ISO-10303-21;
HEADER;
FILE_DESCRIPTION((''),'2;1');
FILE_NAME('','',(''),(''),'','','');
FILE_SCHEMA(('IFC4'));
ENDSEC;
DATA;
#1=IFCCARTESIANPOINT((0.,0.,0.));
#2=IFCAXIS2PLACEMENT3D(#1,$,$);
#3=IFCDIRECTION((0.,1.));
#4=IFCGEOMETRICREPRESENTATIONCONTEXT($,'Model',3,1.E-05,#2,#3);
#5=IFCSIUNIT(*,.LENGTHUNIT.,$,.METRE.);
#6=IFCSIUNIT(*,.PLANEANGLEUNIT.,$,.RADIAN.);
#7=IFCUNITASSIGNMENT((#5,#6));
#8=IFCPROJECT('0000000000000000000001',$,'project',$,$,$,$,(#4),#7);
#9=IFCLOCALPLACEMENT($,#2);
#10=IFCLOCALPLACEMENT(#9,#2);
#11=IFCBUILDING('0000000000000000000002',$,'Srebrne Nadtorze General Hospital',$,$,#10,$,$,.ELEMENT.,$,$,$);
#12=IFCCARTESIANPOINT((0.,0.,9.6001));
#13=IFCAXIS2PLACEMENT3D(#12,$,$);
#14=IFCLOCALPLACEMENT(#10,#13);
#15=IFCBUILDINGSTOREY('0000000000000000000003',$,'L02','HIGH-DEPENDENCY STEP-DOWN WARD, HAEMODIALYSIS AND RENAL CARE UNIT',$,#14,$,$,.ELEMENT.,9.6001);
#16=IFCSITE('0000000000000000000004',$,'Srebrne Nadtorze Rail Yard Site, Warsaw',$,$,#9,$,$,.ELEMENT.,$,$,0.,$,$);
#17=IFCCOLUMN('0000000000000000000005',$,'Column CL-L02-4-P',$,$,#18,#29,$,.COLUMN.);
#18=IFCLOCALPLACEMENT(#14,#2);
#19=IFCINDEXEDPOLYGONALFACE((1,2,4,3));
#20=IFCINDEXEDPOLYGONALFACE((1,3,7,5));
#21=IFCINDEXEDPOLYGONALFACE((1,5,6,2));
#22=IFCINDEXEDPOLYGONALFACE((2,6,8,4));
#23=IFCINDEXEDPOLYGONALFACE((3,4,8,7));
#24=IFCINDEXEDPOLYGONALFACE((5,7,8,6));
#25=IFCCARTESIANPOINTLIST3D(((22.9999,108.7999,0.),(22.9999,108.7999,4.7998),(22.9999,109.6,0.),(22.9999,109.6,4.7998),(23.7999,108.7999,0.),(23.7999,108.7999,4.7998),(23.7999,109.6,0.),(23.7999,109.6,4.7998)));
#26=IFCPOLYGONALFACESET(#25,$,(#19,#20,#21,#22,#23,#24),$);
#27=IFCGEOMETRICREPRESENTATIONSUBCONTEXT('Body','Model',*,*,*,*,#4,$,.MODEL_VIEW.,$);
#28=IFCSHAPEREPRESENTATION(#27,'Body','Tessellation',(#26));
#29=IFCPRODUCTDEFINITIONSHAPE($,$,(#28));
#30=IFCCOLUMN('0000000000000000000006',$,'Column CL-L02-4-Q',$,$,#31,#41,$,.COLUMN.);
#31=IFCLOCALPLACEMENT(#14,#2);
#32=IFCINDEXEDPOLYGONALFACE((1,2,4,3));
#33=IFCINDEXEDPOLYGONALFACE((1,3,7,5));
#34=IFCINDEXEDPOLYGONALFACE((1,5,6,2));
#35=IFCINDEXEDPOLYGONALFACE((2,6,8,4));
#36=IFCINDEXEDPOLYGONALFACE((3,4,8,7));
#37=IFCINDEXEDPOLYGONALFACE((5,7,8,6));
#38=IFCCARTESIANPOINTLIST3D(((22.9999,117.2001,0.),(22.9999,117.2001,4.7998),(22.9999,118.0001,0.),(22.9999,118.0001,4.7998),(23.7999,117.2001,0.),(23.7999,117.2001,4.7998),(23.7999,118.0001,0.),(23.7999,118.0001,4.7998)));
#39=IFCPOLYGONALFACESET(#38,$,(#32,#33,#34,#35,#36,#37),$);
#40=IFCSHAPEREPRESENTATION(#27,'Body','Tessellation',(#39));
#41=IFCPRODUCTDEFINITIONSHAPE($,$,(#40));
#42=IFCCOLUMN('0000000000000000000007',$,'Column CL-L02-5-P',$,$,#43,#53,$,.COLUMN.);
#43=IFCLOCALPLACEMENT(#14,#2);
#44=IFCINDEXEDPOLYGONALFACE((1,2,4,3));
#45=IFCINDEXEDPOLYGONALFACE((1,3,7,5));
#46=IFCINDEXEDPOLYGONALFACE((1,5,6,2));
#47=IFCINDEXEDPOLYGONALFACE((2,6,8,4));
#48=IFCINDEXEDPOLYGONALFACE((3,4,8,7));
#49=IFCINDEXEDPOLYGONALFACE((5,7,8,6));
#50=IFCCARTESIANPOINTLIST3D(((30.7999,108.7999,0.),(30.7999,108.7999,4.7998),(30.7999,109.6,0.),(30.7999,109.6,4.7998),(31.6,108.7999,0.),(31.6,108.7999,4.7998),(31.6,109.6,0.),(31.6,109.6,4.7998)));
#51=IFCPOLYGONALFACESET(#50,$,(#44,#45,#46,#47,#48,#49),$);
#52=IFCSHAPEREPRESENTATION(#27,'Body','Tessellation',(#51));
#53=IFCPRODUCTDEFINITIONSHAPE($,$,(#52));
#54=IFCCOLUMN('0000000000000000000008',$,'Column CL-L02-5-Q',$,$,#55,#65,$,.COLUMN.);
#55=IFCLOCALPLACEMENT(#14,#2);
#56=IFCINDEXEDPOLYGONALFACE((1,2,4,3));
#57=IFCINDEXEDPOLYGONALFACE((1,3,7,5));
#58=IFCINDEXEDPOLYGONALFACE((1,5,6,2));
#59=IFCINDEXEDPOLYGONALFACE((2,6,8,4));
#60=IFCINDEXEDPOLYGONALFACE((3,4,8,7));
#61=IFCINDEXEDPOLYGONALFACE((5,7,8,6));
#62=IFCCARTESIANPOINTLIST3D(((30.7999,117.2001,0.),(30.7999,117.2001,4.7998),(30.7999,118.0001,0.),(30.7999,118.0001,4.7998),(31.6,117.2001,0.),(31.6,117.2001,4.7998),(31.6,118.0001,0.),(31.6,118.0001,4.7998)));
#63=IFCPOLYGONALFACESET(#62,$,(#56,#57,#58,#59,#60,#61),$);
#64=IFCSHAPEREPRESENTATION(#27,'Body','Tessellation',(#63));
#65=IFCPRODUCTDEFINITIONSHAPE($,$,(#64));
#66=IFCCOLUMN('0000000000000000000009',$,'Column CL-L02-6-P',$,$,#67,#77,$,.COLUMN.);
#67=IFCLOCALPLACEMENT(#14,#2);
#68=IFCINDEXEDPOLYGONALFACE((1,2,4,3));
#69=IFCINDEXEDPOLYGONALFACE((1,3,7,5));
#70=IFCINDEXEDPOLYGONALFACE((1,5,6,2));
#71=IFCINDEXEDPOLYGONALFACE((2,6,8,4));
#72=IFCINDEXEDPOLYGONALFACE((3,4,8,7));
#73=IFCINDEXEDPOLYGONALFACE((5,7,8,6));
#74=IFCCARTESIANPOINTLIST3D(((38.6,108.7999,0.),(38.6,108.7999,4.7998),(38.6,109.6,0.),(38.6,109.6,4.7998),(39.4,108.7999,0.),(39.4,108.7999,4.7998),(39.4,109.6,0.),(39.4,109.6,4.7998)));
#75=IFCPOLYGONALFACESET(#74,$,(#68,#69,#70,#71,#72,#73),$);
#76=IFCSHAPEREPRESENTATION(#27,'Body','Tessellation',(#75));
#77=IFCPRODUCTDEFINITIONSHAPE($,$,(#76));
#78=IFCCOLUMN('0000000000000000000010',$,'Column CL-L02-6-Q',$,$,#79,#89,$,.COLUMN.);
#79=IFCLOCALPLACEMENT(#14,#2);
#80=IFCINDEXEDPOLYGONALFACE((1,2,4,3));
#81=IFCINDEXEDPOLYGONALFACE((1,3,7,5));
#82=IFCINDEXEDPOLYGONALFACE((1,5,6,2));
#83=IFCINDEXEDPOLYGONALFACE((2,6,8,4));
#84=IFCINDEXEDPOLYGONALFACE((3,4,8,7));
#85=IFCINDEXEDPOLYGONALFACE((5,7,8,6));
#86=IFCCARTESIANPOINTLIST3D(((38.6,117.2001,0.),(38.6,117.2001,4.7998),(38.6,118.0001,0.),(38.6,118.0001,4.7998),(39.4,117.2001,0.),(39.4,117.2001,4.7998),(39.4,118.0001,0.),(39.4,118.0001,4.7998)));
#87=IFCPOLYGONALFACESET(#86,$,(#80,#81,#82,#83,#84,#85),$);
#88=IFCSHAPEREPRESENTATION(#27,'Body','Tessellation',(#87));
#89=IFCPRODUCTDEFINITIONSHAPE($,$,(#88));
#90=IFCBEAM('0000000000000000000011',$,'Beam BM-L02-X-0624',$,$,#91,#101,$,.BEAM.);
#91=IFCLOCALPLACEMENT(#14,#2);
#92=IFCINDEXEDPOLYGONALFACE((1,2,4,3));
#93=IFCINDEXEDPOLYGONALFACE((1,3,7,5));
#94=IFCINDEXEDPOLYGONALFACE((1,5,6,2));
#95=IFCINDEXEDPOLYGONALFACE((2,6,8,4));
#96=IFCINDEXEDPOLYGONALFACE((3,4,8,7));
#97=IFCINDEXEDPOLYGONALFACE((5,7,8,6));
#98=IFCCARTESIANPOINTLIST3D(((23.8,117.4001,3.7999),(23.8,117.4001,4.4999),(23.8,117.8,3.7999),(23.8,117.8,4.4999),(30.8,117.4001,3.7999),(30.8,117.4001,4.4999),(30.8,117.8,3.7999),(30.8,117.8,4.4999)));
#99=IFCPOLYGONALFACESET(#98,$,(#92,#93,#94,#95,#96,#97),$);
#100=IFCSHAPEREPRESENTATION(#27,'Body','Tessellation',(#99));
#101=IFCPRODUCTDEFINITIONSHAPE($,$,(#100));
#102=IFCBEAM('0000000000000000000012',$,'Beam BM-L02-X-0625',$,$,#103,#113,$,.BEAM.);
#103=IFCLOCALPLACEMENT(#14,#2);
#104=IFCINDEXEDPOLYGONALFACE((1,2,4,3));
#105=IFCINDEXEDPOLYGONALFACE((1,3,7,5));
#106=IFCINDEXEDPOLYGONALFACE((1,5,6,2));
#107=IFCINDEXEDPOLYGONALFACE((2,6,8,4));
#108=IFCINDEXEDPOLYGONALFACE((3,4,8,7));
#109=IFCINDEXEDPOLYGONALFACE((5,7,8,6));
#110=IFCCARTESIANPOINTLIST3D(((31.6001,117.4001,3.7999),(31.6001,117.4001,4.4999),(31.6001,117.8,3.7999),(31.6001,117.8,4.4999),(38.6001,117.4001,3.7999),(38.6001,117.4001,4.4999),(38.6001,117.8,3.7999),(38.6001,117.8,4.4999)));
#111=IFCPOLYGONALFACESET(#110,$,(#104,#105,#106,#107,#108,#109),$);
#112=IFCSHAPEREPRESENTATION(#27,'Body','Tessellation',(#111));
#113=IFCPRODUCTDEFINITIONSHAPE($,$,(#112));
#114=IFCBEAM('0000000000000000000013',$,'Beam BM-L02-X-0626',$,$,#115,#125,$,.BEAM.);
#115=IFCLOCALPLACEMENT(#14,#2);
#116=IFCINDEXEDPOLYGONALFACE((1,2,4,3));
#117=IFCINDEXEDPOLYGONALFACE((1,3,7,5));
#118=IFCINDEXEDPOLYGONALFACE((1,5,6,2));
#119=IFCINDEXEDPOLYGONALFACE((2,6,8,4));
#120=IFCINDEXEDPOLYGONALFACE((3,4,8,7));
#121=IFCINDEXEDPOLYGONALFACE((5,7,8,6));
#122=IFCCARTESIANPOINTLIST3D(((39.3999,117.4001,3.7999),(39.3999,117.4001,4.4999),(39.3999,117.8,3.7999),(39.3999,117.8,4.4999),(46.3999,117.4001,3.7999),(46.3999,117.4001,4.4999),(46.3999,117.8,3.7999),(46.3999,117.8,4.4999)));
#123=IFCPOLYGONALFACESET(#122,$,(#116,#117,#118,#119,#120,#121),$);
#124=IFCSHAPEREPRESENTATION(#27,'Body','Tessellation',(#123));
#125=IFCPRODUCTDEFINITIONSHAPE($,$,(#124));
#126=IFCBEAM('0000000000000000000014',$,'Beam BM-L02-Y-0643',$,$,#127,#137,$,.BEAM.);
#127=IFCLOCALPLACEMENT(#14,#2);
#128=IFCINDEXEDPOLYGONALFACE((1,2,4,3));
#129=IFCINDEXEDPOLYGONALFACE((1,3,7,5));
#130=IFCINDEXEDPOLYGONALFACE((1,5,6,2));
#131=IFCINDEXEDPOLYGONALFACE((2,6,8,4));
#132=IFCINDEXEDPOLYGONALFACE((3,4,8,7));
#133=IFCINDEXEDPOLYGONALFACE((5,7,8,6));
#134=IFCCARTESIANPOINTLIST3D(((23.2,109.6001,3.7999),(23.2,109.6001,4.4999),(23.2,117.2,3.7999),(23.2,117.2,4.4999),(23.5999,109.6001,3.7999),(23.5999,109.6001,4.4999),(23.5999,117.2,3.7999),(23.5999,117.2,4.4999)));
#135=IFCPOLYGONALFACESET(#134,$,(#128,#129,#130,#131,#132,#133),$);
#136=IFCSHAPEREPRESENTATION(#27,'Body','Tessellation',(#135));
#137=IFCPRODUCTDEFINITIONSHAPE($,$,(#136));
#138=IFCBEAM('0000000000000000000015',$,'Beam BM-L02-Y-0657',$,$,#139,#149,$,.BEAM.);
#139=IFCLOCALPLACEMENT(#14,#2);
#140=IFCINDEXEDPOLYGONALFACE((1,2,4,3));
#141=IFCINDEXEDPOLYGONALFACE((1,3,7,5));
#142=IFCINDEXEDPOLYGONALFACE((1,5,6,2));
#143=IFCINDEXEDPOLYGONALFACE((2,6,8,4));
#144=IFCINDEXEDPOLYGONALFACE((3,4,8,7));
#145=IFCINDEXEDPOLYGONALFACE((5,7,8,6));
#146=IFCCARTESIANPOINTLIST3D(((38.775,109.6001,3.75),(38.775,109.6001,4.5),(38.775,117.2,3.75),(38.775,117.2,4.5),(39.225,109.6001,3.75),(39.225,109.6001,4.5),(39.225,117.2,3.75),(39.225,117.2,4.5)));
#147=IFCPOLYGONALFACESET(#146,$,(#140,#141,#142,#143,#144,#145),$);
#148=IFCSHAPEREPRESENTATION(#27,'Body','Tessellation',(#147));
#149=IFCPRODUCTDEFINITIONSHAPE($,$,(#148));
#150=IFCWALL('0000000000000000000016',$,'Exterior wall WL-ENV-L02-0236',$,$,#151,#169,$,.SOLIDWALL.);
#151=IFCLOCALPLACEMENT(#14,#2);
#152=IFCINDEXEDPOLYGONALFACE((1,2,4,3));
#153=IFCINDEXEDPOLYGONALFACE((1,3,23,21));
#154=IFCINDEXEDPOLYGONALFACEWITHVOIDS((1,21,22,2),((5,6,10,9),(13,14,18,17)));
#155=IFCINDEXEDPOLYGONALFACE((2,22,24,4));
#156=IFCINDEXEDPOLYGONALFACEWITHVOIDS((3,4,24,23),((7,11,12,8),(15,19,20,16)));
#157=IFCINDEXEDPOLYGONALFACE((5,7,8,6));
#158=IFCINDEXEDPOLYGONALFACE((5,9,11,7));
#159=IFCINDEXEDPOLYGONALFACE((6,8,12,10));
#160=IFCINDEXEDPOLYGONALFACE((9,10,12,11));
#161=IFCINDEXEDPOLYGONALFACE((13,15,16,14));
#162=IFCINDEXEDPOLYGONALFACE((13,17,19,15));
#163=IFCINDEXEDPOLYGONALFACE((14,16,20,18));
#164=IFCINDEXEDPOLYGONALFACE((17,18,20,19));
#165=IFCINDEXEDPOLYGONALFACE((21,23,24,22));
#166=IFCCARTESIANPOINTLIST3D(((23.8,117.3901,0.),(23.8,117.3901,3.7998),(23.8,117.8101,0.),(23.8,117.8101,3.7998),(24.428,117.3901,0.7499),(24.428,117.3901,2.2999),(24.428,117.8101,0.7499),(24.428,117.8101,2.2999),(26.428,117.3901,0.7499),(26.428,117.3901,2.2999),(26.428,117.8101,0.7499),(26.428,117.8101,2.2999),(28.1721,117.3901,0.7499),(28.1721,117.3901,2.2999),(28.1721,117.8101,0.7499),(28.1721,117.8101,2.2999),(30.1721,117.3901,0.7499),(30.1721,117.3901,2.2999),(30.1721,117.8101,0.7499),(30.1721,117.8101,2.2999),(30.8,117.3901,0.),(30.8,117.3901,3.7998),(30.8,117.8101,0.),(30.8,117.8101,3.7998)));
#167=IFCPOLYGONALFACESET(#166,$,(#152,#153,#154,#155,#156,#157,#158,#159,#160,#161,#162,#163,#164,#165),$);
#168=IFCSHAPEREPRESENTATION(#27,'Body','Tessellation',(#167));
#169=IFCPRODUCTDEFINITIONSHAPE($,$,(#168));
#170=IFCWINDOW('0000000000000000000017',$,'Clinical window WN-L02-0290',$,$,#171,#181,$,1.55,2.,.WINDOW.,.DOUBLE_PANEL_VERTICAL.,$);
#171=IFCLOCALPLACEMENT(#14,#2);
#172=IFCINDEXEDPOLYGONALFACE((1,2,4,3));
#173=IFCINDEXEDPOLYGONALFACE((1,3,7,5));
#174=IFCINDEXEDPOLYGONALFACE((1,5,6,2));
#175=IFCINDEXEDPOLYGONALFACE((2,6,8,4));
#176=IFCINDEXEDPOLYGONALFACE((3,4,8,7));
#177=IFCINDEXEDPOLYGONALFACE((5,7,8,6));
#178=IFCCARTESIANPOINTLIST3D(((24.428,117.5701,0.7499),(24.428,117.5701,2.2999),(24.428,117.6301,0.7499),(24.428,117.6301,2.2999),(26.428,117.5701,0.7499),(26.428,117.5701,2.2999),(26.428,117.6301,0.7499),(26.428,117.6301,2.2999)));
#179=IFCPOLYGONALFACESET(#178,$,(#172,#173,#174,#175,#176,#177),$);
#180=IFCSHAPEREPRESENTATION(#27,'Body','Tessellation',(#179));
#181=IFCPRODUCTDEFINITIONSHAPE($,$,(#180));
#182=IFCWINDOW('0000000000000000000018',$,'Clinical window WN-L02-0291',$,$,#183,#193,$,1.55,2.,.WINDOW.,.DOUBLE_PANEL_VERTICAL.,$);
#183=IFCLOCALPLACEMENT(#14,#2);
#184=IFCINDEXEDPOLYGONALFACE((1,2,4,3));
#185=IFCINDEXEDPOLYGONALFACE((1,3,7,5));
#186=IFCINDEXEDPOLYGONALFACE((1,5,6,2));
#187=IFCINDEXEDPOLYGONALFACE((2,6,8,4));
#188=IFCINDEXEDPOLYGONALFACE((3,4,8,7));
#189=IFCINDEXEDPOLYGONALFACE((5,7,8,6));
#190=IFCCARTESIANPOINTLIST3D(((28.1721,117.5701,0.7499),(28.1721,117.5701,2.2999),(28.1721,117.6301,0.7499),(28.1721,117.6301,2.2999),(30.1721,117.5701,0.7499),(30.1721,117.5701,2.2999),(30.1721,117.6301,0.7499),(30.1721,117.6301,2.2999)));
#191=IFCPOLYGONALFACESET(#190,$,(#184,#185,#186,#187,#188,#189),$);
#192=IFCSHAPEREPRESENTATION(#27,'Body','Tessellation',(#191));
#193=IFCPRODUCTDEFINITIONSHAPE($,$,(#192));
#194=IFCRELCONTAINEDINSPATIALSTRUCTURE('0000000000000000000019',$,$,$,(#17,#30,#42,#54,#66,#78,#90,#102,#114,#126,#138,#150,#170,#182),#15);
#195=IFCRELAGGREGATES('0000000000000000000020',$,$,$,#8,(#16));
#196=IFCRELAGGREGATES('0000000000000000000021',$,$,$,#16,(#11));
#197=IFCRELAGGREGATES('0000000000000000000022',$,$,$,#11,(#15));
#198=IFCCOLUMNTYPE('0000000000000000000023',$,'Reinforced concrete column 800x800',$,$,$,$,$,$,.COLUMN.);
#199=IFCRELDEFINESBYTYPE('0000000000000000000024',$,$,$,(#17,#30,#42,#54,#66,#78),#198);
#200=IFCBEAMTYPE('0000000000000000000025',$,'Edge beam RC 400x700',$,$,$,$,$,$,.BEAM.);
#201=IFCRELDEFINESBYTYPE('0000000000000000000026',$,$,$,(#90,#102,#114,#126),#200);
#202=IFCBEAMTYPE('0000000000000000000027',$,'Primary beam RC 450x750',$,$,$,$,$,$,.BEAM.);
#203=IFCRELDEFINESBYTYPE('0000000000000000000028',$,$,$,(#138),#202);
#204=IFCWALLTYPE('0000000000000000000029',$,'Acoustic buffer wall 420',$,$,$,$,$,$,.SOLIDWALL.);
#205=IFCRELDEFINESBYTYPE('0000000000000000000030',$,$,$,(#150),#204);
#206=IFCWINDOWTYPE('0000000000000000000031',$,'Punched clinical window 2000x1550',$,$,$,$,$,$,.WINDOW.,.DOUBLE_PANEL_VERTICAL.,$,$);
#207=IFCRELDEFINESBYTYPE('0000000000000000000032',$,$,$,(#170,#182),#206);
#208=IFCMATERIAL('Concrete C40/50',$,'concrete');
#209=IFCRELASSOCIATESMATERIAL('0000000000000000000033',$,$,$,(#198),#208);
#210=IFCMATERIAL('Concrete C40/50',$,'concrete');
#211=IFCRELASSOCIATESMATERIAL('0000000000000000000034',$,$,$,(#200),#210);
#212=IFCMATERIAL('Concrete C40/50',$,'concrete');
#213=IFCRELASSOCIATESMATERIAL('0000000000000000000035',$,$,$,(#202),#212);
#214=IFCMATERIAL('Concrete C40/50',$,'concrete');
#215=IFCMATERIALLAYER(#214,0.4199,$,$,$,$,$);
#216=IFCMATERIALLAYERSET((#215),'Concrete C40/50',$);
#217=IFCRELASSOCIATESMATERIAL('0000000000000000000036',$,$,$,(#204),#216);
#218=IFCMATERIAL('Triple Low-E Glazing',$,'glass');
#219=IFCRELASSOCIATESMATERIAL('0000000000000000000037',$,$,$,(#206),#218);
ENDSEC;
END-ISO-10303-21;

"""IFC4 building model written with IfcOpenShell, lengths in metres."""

from ifc_helpers import new_model, si_unit, direction, frame, frame_2d, origin, origin_2d, place, context, subcontext, project, spatial, rectangle, extrude, material, layer, layer_set, material_profile, profile_set, type_object, element, fill, save


model = new_model("IFC4")

# Units and contexts
model_context = context("Model", 3, precision=1e-05, world=origin(), true_north=direction((0.0, 1.0)))
body_context = subcontext(model_context, "Body", "Model", "MODEL_VIEW")
ifc_project = project(units=[si_unit("LENGTHUNIT", "METRE"), si_unit("PLANEANGLEUNIT", "RADIAN")], contexts=[model_context])

# Site, building, storey
site_placement = place(None, origin())
site = spatial("IfcSite", under=ifc_project, at=site_placement, Name="Srebrne Nadtorze Rail Yard Site, Warsaw", CompositionType="ELEMENT", RefElevation=0.0)
building_placement = place(site_placement, origin())
building = spatial("IfcBuilding", under=site, at=building_placement, Name="Srebrne Nadtorze General Hospital", CompositionType="ELEMENT")
storey_placement = place(building_placement, frame((0.0, 0.0, 9.6001)))
storey = spatial("IfcBuildingStorey", under=building, at=storey_placement, Name="L02", Description="HIGH-DEPENDENCY STEP-DOWN WARD, HAEMODIALYSIS AND RENAL CARE UNIT", CompositionType="ELEMENT", Elevation=9.6001)

# Columns
ifc_material_1 = material(Name="Concrete C40/50", Category="concrete")
ifc_material_profile_1 = material_profile(ifc_material_1, rectangle(XDim=0.8, YDim=0.8, at=origin_2d()), Name="RC-COL-800x800")
ifc_profile_set_1 = profile_set([ifc_material_profile_1], Name="Concrete C40/50")
column_type = type_object("IfcColumnType", Name="Reinforced concrete column 800x800", PredefinedType="COLUMN", material=ifc_profile_set_1)
for number, where, z_axis, x_axis, name in (
    (1, (23.3999, 109.2, 0.0), (0.0, 0.0, 1.0), (1.0, 0.0, 0.0), "Column CL-L02-4-P"),
    (2, (23.3999, 117.6001, 0.0), (0.0, 0.0, 1.0), (1.0, 0.0, 0.0), "Column CL-L02-4-Q"),
    (3, (31.2, 109.2, 0.0), (0.0, 0.0, 1.0), (1.0, 0.0, 0.0), "Column CL-L02-5-P"),
    (4, (31.2, 117.6001, 0.0), (0.0, 0.0, 1.0), (1.0, 0.0, 0.0), "Column CL-L02-5-Q"),
    (5, (39.0, 109.2, 0.0), (0.0, 0.0, 1.0), (1.0, 0.0, 0.0), "Column CL-L02-6-P"),
    (6, (39.0, 117.6001, 0.0), (0.0, 0.0, 1.0), (1.0, 0.0, 0.0), "Column CL-L02-6-Q"),
):
    element("IfcColumn", number, at=place(storey_placement, frame(where, z_axis=z_axis, x_axis=x_axis)), inside=storey, type_object=column_type, Name=name, PredefinedType="COLUMN", context=body_context, shape_type="SweptSolid", body=[
        extrude(rectangle(XDim=0.8, YDim=0.8, at=origin_2d()), origin(), (0.0, 0.0, 1.0), 4.7998),
    ])

# Beams
ifc_material_2 = material(Name="Concrete C40/50", Category="concrete")
ifc_material_profile_2 = material_profile(ifc_material_2, rectangle(XDim=0.3999, YDim=0.7, at=origin_2d()), Name="RC-BM-400x700")
ifc_profile_set_2 = profile_set([ifc_material_profile_2], Name="Concrete C40/50")
beam_type_1 = type_object("IfcBeamType", Name="Edge beam RC 400x700", PredefinedType="BEAM", material=ifc_profile_set_2)
for number, where, z_axis, x_axis, name in (
    (7, (23.8, 117.6001, 4.1499), (1.0, 0.0, 0.0), (0.0, 1.0, 0.0), "Beam BM-L02-X-0624"),
    (8, (31.6001, 117.6001, 4.1499), (1.0, 0.0, 0.0), (0.0, 1.0, 0.0), "Beam BM-L02-X-0625"),
    (9, (39.3999, 117.6001, 4.1499), (1.0, 0.0, 0.0), (0.0, 1.0, 0.0), "Beam BM-L02-X-0626"),
):
    element("IfcBeam", number, at=place(storey_placement, frame(where, z_axis=z_axis, x_axis=x_axis)), inside=storey, type_object=beam_type_1, Name=name, PredefinedType="BEAM", context=body_context, shape_type="SweptSolid", body=[
        extrude(rectangle(XDim=0.3999, YDim=0.7, at=origin_2d()), origin(), (0.0, 0.0, 1.0), 7.0),
    ])
beam_1_placement = place(storey_placement, frame((23.3999, 109.6001, 4.1499), z_axis=(0.0, 1.0, 0.0), x_axis=(-1.0, 0.0, 0.0)))
element("IfcBeam", 10, at=beam_1_placement, inside=storey, type_object=beam_type_1, Name="Beam BM-L02-Y-0643", PredefinedType="BEAM", context=body_context, shape_type="SweptSolid", body=[
    extrude(rectangle(XDim=0.3999, YDim=0.7, at=origin_2d()), origin(), (0.0, 0.0, 1.0), 7.5999),
])
ifc_material_3 = material(Name="Concrete C40/50", Category="concrete")
ifc_material_profile_3 = material_profile(ifc_material_3, rectangle(XDim=0.45, YDim=0.75, at=origin_2d()), Name="RC-BM-450x750")
ifc_profile_set_3 = profile_set([ifc_material_profile_3], Name="Concrete C40/50")
beam_type_2 = type_object("IfcBeamType", Name="Primary beam RC 450x750", PredefinedType="BEAM", material=ifc_profile_set_3)
beam_2_placement = place(storey_placement, frame((39.0, 109.6001, 4.125), z_axis=(0.0, 1.0, 0.0), x_axis=(-1.0, 0.0, 0.0)))
element("IfcBeam", 11, at=beam_2_placement, inside=storey, type_object=beam_type_2, Name="Beam BM-L02-Y-0657", PredefinedType="BEAM", context=body_context, shape_type="SweptSolid", body=[
    extrude(rectangle(XDim=0.45, YDim=0.75, at=origin_2d()), origin(), (0.0, 0.0, 1.0), 7.5999),
])

# Wall, openings, windows
ifc_material_4 = material(Name="Concrete C40/50", Category="concrete")
ifc_layer_1 = layer(ifc_material_4, 0.4199)
ifc_layer_set_1 = layer_set([ifc_layer_1], Name="Concrete C40/50")
wall_type_1 = type_object("IfcWallType", Name="Acoustic buffer wall 420", PredefinedType="SOLIDWALL", material=ifc_layer_set_1)
wall_1_placement = place(storey_placement, frame((23.8, 117.6001, 0.0), z_axis=(0.0, 0.0, 1.0), x_axis=(1.0, 0.0, 0.0)))
wall_1 = element("IfcWall", 12, at=wall_1_placement, inside=storey, type_object=wall_type_1, Name="Exterior wall WL-ENV-L02-0236", PredefinedType="SOLIDWALL", context=body_context, shape_type="SweptSolid", body=[
    extrude(rectangle(XDim=7.0, YDim=0.4199, at=frame_2d((3.5, 0.0))), origin(), (0.0, 0.0, 1.0), 3.7998),
])
opening_1_placement = place(wall_1_placement, frame((0.6279, 0.0, 0.75)))
opening_1 = element("IfcOpeningElement", 13, at=opening_1_placement, cuts=wall_1, PredefinedType="OPENING", context=body_context, shape_type="SweptSolid", body=[
    extrude(rectangle(XDim=2.0, YDim=1.55, at=frame_2d((1.0, 0.7749))), frame((0.0, 0.2219, 0.0), z_axis=(0.0, -1.0, 0.0), x_axis=(1.0, 0.0, 0.0)), (0.0, 0.0, 1.0), 0.4438),
])
opening_2_placement = place(wall_1_placement, frame((4.3721, 0.0, 0.75)))
opening_2 = element("IfcOpeningElement", 14, at=opening_2_placement, cuts=wall_1, PredefinedType="OPENING", context=body_context, shape_type="SweptSolid", body=[
    extrude(rectangle(XDim=2.0, YDim=1.55, at=frame_2d((1.0, 0.7749))), frame((0.0, 0.2219, 0.0), z_axis=(0.0, -1.0, 0.0), x_axis=(1.0, 0.0, 0.0)), (0.0, 0.0, 1.0), 0.4438),
])
ifc_material_5 = material(Name="Triple Low-E Glazing", Category="glass")
window_type_1 = type_object("IfcWindowType", Name="Punched clinical window 2000x1550", PartitioningType="DOUBLE_PANEL_VERTICAL", PredefinedType="WINDOW", material=ifc_material_5)
window_1_placement = place(opening_1_placement, origin())
window_1 = element("IfcWindow", 15, at=window_1_placement, inside=storey, type_object=window_type_1, Name="Clinical window WN-L02-0290", OverallHeight=1.55, OverallWidth=2.0, PartitioningType="DOUBLE_PANEL_VERTICAL", PredefinedType="WINDOW", context=body_context, shape_type="SweptSolid", body=[
    extrude(rectangle(XDim=2.0, YDim=1.55, at=frame_2d((1.0, 0.7749))), frame((0.0, 0.03, 0.0), z_axis=(0.0, -1.0, 0.0), x_axis=(1.0, 0.0, 0.0)), (0.0, 0.0, 1.0), 0.0601),
])
fill(opening_1, window_1)
window_2_placement = place(opening_2_placement, origin())
window_2 = element("IfcWindow", 16, at=window_2_placement, inside=storey, type_object=window_type_1, Name="Clinical window WN-L02-0291", OverallHeight=1.55, OverallWidth=2.0, PartitioningType="DOUBLE_PANEL_VERTICAL", PredefinedType="WINDOW", context=body_context, shape_type="SweptSolid", body=[
    extrude(rectangle(XDim=2.0, YDim=1.55, at=frame_2d((1.0, 0.7749))), frame((0.0, 0.03, 0.0), z_axis=(0.0, -1.0, 0.0), x_axis=(1.0, 0.0, 0.0)), (0.0, 0.0, 1.0), 0.0601),
])
fill(opening_2, window_2)

save(model, "model.ifc")
